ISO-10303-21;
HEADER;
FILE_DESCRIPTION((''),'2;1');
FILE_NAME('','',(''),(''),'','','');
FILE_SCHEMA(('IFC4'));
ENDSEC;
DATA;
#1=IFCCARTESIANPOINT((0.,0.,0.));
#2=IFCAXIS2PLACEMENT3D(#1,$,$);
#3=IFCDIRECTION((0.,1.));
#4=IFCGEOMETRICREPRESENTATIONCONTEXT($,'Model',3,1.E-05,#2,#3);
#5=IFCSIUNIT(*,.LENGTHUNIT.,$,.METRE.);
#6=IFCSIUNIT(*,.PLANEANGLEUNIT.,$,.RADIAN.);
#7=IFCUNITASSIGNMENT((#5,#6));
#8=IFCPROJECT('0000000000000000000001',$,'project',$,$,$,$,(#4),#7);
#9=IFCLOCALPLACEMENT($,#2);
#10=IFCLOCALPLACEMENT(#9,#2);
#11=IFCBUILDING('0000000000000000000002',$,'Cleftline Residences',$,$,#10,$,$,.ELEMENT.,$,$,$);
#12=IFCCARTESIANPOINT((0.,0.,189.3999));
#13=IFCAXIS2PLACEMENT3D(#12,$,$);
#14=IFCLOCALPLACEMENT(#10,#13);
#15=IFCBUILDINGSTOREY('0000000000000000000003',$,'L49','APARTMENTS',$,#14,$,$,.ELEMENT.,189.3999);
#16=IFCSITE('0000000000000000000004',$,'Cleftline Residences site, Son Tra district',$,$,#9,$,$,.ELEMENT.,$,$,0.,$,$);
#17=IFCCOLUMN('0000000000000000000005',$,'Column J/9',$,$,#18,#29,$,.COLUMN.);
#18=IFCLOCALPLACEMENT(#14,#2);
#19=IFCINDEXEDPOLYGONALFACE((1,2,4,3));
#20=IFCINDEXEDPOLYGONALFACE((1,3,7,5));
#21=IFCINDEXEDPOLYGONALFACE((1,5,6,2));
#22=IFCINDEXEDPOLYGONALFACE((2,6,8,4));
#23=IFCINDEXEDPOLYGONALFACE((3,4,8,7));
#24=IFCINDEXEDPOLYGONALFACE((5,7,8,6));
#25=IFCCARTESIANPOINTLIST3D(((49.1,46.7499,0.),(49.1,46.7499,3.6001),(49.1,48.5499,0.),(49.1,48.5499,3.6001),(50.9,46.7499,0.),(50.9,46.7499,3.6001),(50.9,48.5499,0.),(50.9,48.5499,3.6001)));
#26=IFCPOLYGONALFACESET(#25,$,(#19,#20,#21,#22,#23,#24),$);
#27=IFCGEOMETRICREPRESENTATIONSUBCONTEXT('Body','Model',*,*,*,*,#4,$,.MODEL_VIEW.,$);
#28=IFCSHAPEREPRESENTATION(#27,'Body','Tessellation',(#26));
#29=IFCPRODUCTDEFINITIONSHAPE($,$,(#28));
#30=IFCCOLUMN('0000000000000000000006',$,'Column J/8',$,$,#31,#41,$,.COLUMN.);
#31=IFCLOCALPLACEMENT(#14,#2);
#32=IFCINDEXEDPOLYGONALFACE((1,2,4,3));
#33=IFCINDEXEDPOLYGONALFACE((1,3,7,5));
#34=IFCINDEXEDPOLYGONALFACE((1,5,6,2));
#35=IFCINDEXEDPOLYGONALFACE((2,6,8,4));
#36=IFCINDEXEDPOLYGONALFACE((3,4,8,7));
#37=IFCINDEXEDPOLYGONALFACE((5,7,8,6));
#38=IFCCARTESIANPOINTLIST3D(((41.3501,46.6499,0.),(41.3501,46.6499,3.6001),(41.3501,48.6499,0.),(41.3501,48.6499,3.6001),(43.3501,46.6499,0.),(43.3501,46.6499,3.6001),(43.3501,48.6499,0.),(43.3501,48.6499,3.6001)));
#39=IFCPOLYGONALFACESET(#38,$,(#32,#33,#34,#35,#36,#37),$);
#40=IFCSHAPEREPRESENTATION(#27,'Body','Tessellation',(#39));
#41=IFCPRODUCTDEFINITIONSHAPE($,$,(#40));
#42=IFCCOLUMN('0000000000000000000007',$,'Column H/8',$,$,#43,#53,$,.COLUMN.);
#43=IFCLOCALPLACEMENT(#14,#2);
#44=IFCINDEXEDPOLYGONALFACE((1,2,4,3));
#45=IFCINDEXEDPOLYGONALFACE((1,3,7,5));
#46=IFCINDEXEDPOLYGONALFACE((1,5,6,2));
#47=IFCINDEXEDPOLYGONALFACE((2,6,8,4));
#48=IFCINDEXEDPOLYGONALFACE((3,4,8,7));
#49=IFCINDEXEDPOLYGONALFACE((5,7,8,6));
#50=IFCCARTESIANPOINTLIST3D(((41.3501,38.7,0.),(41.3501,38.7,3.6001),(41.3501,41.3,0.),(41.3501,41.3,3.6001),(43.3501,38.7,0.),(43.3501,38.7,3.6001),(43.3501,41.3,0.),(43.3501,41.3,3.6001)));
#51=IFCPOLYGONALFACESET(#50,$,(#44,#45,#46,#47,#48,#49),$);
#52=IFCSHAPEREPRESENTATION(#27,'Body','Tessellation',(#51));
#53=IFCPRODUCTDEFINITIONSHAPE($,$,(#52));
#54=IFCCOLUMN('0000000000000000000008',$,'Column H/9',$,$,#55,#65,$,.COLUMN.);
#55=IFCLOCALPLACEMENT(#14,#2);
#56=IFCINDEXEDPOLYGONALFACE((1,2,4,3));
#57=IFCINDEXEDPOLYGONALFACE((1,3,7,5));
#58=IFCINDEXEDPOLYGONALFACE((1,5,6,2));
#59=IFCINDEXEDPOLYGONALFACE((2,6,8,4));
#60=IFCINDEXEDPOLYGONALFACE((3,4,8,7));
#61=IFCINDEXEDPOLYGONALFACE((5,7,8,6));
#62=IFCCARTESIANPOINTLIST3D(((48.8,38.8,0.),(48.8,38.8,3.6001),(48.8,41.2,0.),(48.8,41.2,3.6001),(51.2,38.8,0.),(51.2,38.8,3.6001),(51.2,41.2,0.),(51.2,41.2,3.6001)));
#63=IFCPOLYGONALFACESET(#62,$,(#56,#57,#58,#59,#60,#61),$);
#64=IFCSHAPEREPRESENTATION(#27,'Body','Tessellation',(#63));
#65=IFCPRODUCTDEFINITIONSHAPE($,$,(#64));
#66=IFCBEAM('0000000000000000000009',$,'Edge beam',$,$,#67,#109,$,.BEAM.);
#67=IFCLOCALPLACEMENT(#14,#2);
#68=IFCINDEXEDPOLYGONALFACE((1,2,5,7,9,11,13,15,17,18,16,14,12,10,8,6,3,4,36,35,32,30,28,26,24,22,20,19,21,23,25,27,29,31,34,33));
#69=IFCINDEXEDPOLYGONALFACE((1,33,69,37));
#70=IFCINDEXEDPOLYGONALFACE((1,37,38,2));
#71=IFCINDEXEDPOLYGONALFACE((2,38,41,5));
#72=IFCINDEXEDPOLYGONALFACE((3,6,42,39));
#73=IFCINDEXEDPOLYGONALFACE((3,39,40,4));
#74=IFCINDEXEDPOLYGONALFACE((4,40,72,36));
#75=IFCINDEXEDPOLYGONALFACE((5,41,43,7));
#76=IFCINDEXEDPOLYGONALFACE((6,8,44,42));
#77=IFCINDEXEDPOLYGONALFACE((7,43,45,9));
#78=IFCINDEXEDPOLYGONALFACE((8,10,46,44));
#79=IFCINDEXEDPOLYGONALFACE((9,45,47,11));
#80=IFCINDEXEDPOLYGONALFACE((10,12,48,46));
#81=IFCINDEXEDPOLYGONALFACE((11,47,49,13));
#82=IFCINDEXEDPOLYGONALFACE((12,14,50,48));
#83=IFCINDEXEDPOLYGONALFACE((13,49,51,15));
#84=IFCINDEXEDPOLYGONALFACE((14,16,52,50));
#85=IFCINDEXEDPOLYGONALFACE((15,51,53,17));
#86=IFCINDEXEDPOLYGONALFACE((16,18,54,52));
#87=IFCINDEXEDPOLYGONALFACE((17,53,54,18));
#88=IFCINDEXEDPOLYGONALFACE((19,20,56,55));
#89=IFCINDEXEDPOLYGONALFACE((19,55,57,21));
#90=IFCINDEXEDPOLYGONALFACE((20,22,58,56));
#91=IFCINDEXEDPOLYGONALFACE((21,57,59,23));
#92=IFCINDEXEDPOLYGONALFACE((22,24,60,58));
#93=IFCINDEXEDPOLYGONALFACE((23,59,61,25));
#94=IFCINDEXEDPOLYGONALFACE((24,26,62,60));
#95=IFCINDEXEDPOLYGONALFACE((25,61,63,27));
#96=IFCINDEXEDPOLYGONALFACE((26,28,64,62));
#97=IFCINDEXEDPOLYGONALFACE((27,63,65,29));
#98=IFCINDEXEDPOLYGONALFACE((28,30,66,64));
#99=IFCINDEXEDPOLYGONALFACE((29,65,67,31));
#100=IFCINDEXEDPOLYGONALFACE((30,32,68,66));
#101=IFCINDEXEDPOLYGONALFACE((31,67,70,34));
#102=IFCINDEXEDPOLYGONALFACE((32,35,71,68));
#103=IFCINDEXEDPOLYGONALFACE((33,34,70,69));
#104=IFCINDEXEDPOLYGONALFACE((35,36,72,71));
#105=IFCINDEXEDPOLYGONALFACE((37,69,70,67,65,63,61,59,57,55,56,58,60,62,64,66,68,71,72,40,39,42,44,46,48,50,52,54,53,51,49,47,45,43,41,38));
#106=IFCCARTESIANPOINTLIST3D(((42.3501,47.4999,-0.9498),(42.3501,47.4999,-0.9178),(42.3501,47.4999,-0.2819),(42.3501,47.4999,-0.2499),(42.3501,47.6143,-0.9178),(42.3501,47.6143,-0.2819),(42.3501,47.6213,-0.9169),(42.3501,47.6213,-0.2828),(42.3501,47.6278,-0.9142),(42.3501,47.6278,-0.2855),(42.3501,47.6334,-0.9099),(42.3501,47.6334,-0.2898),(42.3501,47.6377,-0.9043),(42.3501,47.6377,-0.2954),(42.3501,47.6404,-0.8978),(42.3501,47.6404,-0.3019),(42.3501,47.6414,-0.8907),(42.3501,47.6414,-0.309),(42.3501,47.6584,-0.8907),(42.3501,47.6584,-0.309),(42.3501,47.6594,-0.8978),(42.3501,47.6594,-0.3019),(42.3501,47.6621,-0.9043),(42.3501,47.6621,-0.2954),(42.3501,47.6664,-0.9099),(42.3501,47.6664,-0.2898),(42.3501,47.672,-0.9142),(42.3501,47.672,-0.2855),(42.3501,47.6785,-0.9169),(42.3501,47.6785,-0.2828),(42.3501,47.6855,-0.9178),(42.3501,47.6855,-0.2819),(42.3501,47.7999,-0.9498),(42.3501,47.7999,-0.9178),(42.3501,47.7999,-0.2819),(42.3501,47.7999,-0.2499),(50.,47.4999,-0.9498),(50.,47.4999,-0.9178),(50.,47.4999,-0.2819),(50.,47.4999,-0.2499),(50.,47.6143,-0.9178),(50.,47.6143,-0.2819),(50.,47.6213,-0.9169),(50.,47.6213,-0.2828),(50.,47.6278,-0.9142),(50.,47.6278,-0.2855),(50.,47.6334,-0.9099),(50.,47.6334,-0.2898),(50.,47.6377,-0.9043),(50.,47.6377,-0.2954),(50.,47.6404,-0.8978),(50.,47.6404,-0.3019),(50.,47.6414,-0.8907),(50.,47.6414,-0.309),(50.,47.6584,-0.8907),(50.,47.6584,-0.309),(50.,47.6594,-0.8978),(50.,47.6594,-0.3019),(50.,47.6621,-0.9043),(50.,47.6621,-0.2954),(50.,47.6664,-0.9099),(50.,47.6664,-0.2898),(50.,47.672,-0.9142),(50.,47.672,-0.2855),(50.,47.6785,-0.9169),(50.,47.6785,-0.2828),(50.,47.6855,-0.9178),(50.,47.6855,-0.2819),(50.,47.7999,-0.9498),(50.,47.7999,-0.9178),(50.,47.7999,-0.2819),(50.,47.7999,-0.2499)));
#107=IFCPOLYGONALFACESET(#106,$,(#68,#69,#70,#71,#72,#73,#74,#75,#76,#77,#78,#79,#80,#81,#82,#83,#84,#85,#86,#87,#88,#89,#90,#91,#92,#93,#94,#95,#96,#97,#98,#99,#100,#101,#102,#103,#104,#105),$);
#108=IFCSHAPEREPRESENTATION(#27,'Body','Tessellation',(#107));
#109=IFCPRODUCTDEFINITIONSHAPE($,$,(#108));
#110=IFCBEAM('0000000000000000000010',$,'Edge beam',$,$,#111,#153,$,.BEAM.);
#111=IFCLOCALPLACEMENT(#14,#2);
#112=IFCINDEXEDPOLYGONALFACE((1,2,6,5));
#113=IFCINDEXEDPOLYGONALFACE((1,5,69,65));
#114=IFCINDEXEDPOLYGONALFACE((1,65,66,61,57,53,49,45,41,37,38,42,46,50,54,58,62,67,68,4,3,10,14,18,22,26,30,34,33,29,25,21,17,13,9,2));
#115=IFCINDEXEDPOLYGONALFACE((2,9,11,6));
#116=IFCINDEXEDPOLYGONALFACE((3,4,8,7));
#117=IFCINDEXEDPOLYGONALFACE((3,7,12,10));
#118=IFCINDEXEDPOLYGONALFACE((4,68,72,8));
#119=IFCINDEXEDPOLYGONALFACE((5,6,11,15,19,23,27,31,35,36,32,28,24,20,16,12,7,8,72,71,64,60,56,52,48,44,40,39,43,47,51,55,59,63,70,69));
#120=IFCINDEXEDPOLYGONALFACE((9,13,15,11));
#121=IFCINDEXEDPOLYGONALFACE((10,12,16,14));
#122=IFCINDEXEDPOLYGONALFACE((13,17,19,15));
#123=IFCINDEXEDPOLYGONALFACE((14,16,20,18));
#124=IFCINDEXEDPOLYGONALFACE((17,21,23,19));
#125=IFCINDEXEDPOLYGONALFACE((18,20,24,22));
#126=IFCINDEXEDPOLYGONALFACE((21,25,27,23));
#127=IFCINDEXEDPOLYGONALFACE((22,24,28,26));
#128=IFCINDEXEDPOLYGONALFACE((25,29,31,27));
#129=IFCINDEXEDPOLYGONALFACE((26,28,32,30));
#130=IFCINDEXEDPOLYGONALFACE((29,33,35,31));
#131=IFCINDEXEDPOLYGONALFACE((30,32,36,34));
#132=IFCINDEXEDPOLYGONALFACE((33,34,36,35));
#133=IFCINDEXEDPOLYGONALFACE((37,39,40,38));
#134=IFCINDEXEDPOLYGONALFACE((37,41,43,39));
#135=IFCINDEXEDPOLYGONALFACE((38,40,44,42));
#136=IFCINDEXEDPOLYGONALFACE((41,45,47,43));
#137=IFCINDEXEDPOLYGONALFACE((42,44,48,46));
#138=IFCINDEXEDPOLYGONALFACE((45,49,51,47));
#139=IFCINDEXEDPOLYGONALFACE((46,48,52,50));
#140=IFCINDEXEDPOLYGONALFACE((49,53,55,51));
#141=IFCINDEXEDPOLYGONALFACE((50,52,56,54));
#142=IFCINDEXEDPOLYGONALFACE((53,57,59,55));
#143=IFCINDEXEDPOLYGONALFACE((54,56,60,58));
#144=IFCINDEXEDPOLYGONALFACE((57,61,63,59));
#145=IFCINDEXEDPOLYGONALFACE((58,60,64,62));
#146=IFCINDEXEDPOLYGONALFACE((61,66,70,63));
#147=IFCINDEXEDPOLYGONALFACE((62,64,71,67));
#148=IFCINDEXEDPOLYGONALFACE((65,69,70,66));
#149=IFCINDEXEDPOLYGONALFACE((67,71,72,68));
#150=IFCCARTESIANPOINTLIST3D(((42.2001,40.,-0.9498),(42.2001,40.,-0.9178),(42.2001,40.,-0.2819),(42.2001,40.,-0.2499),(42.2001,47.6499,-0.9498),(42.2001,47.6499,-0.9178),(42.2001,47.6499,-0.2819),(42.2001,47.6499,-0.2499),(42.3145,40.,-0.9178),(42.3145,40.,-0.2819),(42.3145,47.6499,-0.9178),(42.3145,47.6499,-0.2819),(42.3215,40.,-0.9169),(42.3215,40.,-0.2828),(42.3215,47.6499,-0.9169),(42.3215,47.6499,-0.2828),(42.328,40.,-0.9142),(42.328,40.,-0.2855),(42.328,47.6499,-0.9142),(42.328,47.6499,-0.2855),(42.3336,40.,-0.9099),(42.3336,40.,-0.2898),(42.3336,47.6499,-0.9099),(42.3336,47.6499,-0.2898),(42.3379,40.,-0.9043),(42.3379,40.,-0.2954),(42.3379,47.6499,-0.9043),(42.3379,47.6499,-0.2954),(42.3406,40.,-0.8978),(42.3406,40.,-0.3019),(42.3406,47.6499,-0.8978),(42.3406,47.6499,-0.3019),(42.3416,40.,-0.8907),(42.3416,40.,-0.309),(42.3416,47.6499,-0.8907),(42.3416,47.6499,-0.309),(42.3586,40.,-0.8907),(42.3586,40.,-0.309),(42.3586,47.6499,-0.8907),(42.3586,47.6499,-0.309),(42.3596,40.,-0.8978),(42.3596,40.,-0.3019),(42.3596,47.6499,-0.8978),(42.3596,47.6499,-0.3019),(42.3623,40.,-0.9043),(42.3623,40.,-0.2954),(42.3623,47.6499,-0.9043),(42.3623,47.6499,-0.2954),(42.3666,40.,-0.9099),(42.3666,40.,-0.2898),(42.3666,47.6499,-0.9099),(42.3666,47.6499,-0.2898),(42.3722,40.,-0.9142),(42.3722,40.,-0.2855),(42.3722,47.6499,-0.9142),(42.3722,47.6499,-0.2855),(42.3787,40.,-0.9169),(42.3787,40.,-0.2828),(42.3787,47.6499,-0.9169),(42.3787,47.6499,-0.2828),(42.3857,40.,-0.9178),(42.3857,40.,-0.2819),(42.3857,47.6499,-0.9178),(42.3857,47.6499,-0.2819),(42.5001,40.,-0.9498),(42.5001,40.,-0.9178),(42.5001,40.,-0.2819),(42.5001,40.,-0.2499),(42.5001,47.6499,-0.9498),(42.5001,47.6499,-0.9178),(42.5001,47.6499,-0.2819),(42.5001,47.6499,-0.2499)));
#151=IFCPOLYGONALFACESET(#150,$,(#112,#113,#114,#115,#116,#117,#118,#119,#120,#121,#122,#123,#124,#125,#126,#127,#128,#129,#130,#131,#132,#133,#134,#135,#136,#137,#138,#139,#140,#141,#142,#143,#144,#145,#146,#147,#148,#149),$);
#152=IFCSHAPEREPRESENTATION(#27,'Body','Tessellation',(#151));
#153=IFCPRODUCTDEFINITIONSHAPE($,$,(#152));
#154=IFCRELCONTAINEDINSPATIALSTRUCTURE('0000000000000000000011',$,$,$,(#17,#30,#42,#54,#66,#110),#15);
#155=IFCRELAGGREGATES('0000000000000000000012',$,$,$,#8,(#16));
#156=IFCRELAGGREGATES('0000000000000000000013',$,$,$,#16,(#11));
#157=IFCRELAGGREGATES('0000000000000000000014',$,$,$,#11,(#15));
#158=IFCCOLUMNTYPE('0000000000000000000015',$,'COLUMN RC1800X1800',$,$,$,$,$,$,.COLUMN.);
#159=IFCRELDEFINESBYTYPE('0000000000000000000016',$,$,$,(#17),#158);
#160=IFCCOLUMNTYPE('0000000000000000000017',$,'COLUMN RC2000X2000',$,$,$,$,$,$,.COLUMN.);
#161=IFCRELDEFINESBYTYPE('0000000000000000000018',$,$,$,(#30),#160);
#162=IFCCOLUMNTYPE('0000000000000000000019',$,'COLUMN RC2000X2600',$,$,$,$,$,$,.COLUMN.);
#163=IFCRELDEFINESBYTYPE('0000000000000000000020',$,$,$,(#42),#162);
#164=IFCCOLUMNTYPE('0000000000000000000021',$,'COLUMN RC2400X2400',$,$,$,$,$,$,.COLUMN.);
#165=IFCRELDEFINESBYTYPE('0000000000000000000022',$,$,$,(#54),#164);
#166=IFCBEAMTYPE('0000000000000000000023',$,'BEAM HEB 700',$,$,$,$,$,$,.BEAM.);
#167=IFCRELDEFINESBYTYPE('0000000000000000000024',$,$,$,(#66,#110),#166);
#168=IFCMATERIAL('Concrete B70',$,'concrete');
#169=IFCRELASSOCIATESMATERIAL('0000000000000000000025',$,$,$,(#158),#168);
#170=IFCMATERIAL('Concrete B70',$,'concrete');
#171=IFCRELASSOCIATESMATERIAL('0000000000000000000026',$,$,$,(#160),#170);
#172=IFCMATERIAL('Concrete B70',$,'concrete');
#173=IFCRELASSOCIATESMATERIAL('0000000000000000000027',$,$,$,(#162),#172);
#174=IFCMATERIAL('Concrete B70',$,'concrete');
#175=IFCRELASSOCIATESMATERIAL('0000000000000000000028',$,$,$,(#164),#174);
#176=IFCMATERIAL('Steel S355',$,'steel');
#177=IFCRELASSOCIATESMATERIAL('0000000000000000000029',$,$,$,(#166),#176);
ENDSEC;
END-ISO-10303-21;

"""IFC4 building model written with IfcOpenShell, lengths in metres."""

from ifc_helpers import new_model, si_unit, direction, frame, origin, origin_2d, place, context, subcontext, project, spatial, rectangle, i_section, extrude, material, material_profile, profile_set, type_object, element, save


model = new_model("IFC4")

# Units and contexts
model_context = context("Model", 3, precision=1e-05, world=origin(), true_north=direction((0.0, 1.0)))
body_context = subcontext(model_context, "Body", "Model", "MODEL_VIEW")
ifc_project = project(units=[si_unit("LENGTHUNIT", "METRE"), si_unit("PLANEANGLEUNIT", "RADIAN")], contexts=[model_context])

# Site, building, storey
site_placement = place(None, origin())
site = spatial("IfcSite", under=ifc_project, at=site_placement, Name="Cleftline Residences site, Son Tra district", CompositionType="ELEMENT", RefElevation=0.0)
building_placement = place(site_placement, origin())
building = spatial("IfcBuilding", under=site, at=building_placement, Name="Cleftline Residences", CompositionType="ELEMENT")
storey_placement = place(building_placement, frame((0.0, 0.0, 189.3999)))
storey = spatial("IfcBuildingStorey", under=building, at=storey_placement, Name="L49", Description="APARTMENTS", CompositionType="ELEMENT", Elevation=189.3999)

# Columns
ifc_material_1 = material(Name="Concrete B70", Category="concrete")
ifc_material_profile_1 = material_profile(ifc_material_1, rectangle(XDim=1.8, YDim=1.8, at=origin_2d()))
ifc_profile_set_1 = profile_set([ifc_material_profile_1], Name="Concrete B70")
column_type_1 = type_object("IfcColumnType", Name="COLUMN RC1800X1800", PredefinedType="COLUMN", material=ifc_profile_set_1)
column_1_placement = place(storey_placement, frame((50.0, 47.6499, 0.0), z_axis=(0.0, 0.0, 1.0), x_axis=(1.0, 0.0, 0.0)))
element("IfcColumn", 1, at=column_1_placement, inside=storey, type_object=column_type_1, Name="Column J/9", PredefinedType="COLUMN", context=body_context, shape_type="SweptSolid", body=[
    extrude(rectangle(XDim=1.8, YDim=1.8, at=origin_2d()), origin(), (0.0, 0.0, 1.0), 3.6001),
])
ifc_material_2 = material(Name="Concrete B70", Category="concrete")
ifc_material_profile_2 = material_profile(ifc_material_2, rectangle(XDim=2.0, YDim=2.0, at=origin_2d()))
ifc_profile_set_2 = profile_set([ifc_material_profile_2], Name="Concrete B70")
column_type_2 = type_object("IfcColumnType", Name="COLUMN RC2000X2000", PredefinedType="COLUMN", material=ifc_profile_set_2)
column_2_placement = place(storey_placement, frame((42.3501, 47.6499, 0.0), z_axis=(0.0, 0.0, 1.0), x_axis=(1.0, 0.0, 0.0)))
element("IfcColumn", 2, at=column_2_placement, inside=storey, type_object=column_type_2, Name="Column J/8", PredefinedType="COLUMN", context=body_context, shape_type="SweptSolid", body=[
    extrude(rectangle(XDim=2.0, YDim=2.0, at=origin_2d()), origin(), (0.0, 0.0, 1.0), 3.6001),
])
ifc_material_3 = material(Name="Concrete B70", Category="concrete")
ifc_material_profile_3 = material_profile(ifc_material_3, rectangle(XDim=2.0, YDim=2.6001, at=origin_2d()))
ifc_profile_set_3 = profile_set([ifc_material_profile_3], Name="Concrete B70")
column_type_3 = type_object("IfcColumnType", Name="COLUMN RC2000X2600", PredefinedType="COLUMN", material=ifc_profile_set_3)
column_3_placement = place(storey_placement, frame((42.3501, 40.0, 0.0), z_axis=(0.0, 0.0, 1.0), x_axis=(1.0, 0.0, 0.0)))
element("IfcColumn", 3, at=column_3_placement, inside=storey, type_object=column_type_3, Name="Column H/8", PredefinedType="COLUMN", context=body_context, shape_type="SweptSolid", body=[
    extrude(rectangle(XDim=2.0, YDim=2.6001, at=origin_2d()), origin(), (0.0, 0.0, 1.0), 3.6001),
])
ifc_material_4 = material(Name="Concrete B70", Category="concrete")
ifc_material_profile_4 = material_profile(ifc_material_4, rectangle(XDim=2.3999, YDim=2.3999, at=origin_2d()))
ifc_profile_set_4 = profile_set([ifc_material_profile_4], Name="Concrete B70")
column_type_4 = type_object("IfcColumnType", Name="COLUMN RC2400X2400", PredefinedType="COLUMN", material=ifc_profile_set_4)
column_4_placement = place(storey_placement, frame((50.0, 40.0, 0.0), z_axis=(0.0, 0.0, 1.0), x_axis=(1.0, 0.0, 0.0)))
element("IfcColumn", 4, at=column_4_placement, inside=storey, type_object=column_type_4, Name="Column H/9", PredefinedType="COLUMN", context=body_context, shape_type="SweptSolid", body=[
    extrude(rectangle(XDim=2.3999, YDim=2.3999, at=origin_2d()), origin(), (0.0, 0.0, 1.0), 3.6001),
])

# Beams
ifc_material_5 = material(Name="Steel S355", Category="steel")
ifc_material_profile_5 = material_profile(ifc_material_5, i_section(OverallWidth=0.3, OverallDepth=0.7, WebThickness=0.0171, FlangeThickness=0.032, FilletRadius=0.0271, at=origin_2d()))
ifc_profile_set_5 = profile_set([ifc_material_profile_5], Name="Steel S355")
beam_type = type_object("IfcBeamType", Name="BEAM HEB 700", PredefinedType="BEAM", material=ifc_profile_set_5)
for number, where, z_axis, x_axis, name in (
    (5, (50.0, 47.6499, -0.5999), (-1.0, 0.0, 0.0), (0.0, -1.0, 0.0), "Edge beam"),
    (6, (42.3501, 47.6499, -0.5999), (0.0, -1.0, 0.0), (1.0, 0.0, 0.0), "Edge beam"),
):
    element("IfcBeam", number, at=place(storey_placement, frame(where, z_axis=z_axis, x_axis=x_axis)), inside=storey, type_object=beam_type, Name=name, PredefinedType="BEAM", context=body_context, shape_type="SweptSolid", body=[
        extrude(i_section(OverallWidth=0.3, OverallDepth=0.7, WebThickness=0.0171, FlangeThickness=0.032, FilletRadius=0.0271, at=origin_2d()), origin(), (0.0, 0.0, 1.0), 7.6499),
    ])

save(model, "model.ifc")
